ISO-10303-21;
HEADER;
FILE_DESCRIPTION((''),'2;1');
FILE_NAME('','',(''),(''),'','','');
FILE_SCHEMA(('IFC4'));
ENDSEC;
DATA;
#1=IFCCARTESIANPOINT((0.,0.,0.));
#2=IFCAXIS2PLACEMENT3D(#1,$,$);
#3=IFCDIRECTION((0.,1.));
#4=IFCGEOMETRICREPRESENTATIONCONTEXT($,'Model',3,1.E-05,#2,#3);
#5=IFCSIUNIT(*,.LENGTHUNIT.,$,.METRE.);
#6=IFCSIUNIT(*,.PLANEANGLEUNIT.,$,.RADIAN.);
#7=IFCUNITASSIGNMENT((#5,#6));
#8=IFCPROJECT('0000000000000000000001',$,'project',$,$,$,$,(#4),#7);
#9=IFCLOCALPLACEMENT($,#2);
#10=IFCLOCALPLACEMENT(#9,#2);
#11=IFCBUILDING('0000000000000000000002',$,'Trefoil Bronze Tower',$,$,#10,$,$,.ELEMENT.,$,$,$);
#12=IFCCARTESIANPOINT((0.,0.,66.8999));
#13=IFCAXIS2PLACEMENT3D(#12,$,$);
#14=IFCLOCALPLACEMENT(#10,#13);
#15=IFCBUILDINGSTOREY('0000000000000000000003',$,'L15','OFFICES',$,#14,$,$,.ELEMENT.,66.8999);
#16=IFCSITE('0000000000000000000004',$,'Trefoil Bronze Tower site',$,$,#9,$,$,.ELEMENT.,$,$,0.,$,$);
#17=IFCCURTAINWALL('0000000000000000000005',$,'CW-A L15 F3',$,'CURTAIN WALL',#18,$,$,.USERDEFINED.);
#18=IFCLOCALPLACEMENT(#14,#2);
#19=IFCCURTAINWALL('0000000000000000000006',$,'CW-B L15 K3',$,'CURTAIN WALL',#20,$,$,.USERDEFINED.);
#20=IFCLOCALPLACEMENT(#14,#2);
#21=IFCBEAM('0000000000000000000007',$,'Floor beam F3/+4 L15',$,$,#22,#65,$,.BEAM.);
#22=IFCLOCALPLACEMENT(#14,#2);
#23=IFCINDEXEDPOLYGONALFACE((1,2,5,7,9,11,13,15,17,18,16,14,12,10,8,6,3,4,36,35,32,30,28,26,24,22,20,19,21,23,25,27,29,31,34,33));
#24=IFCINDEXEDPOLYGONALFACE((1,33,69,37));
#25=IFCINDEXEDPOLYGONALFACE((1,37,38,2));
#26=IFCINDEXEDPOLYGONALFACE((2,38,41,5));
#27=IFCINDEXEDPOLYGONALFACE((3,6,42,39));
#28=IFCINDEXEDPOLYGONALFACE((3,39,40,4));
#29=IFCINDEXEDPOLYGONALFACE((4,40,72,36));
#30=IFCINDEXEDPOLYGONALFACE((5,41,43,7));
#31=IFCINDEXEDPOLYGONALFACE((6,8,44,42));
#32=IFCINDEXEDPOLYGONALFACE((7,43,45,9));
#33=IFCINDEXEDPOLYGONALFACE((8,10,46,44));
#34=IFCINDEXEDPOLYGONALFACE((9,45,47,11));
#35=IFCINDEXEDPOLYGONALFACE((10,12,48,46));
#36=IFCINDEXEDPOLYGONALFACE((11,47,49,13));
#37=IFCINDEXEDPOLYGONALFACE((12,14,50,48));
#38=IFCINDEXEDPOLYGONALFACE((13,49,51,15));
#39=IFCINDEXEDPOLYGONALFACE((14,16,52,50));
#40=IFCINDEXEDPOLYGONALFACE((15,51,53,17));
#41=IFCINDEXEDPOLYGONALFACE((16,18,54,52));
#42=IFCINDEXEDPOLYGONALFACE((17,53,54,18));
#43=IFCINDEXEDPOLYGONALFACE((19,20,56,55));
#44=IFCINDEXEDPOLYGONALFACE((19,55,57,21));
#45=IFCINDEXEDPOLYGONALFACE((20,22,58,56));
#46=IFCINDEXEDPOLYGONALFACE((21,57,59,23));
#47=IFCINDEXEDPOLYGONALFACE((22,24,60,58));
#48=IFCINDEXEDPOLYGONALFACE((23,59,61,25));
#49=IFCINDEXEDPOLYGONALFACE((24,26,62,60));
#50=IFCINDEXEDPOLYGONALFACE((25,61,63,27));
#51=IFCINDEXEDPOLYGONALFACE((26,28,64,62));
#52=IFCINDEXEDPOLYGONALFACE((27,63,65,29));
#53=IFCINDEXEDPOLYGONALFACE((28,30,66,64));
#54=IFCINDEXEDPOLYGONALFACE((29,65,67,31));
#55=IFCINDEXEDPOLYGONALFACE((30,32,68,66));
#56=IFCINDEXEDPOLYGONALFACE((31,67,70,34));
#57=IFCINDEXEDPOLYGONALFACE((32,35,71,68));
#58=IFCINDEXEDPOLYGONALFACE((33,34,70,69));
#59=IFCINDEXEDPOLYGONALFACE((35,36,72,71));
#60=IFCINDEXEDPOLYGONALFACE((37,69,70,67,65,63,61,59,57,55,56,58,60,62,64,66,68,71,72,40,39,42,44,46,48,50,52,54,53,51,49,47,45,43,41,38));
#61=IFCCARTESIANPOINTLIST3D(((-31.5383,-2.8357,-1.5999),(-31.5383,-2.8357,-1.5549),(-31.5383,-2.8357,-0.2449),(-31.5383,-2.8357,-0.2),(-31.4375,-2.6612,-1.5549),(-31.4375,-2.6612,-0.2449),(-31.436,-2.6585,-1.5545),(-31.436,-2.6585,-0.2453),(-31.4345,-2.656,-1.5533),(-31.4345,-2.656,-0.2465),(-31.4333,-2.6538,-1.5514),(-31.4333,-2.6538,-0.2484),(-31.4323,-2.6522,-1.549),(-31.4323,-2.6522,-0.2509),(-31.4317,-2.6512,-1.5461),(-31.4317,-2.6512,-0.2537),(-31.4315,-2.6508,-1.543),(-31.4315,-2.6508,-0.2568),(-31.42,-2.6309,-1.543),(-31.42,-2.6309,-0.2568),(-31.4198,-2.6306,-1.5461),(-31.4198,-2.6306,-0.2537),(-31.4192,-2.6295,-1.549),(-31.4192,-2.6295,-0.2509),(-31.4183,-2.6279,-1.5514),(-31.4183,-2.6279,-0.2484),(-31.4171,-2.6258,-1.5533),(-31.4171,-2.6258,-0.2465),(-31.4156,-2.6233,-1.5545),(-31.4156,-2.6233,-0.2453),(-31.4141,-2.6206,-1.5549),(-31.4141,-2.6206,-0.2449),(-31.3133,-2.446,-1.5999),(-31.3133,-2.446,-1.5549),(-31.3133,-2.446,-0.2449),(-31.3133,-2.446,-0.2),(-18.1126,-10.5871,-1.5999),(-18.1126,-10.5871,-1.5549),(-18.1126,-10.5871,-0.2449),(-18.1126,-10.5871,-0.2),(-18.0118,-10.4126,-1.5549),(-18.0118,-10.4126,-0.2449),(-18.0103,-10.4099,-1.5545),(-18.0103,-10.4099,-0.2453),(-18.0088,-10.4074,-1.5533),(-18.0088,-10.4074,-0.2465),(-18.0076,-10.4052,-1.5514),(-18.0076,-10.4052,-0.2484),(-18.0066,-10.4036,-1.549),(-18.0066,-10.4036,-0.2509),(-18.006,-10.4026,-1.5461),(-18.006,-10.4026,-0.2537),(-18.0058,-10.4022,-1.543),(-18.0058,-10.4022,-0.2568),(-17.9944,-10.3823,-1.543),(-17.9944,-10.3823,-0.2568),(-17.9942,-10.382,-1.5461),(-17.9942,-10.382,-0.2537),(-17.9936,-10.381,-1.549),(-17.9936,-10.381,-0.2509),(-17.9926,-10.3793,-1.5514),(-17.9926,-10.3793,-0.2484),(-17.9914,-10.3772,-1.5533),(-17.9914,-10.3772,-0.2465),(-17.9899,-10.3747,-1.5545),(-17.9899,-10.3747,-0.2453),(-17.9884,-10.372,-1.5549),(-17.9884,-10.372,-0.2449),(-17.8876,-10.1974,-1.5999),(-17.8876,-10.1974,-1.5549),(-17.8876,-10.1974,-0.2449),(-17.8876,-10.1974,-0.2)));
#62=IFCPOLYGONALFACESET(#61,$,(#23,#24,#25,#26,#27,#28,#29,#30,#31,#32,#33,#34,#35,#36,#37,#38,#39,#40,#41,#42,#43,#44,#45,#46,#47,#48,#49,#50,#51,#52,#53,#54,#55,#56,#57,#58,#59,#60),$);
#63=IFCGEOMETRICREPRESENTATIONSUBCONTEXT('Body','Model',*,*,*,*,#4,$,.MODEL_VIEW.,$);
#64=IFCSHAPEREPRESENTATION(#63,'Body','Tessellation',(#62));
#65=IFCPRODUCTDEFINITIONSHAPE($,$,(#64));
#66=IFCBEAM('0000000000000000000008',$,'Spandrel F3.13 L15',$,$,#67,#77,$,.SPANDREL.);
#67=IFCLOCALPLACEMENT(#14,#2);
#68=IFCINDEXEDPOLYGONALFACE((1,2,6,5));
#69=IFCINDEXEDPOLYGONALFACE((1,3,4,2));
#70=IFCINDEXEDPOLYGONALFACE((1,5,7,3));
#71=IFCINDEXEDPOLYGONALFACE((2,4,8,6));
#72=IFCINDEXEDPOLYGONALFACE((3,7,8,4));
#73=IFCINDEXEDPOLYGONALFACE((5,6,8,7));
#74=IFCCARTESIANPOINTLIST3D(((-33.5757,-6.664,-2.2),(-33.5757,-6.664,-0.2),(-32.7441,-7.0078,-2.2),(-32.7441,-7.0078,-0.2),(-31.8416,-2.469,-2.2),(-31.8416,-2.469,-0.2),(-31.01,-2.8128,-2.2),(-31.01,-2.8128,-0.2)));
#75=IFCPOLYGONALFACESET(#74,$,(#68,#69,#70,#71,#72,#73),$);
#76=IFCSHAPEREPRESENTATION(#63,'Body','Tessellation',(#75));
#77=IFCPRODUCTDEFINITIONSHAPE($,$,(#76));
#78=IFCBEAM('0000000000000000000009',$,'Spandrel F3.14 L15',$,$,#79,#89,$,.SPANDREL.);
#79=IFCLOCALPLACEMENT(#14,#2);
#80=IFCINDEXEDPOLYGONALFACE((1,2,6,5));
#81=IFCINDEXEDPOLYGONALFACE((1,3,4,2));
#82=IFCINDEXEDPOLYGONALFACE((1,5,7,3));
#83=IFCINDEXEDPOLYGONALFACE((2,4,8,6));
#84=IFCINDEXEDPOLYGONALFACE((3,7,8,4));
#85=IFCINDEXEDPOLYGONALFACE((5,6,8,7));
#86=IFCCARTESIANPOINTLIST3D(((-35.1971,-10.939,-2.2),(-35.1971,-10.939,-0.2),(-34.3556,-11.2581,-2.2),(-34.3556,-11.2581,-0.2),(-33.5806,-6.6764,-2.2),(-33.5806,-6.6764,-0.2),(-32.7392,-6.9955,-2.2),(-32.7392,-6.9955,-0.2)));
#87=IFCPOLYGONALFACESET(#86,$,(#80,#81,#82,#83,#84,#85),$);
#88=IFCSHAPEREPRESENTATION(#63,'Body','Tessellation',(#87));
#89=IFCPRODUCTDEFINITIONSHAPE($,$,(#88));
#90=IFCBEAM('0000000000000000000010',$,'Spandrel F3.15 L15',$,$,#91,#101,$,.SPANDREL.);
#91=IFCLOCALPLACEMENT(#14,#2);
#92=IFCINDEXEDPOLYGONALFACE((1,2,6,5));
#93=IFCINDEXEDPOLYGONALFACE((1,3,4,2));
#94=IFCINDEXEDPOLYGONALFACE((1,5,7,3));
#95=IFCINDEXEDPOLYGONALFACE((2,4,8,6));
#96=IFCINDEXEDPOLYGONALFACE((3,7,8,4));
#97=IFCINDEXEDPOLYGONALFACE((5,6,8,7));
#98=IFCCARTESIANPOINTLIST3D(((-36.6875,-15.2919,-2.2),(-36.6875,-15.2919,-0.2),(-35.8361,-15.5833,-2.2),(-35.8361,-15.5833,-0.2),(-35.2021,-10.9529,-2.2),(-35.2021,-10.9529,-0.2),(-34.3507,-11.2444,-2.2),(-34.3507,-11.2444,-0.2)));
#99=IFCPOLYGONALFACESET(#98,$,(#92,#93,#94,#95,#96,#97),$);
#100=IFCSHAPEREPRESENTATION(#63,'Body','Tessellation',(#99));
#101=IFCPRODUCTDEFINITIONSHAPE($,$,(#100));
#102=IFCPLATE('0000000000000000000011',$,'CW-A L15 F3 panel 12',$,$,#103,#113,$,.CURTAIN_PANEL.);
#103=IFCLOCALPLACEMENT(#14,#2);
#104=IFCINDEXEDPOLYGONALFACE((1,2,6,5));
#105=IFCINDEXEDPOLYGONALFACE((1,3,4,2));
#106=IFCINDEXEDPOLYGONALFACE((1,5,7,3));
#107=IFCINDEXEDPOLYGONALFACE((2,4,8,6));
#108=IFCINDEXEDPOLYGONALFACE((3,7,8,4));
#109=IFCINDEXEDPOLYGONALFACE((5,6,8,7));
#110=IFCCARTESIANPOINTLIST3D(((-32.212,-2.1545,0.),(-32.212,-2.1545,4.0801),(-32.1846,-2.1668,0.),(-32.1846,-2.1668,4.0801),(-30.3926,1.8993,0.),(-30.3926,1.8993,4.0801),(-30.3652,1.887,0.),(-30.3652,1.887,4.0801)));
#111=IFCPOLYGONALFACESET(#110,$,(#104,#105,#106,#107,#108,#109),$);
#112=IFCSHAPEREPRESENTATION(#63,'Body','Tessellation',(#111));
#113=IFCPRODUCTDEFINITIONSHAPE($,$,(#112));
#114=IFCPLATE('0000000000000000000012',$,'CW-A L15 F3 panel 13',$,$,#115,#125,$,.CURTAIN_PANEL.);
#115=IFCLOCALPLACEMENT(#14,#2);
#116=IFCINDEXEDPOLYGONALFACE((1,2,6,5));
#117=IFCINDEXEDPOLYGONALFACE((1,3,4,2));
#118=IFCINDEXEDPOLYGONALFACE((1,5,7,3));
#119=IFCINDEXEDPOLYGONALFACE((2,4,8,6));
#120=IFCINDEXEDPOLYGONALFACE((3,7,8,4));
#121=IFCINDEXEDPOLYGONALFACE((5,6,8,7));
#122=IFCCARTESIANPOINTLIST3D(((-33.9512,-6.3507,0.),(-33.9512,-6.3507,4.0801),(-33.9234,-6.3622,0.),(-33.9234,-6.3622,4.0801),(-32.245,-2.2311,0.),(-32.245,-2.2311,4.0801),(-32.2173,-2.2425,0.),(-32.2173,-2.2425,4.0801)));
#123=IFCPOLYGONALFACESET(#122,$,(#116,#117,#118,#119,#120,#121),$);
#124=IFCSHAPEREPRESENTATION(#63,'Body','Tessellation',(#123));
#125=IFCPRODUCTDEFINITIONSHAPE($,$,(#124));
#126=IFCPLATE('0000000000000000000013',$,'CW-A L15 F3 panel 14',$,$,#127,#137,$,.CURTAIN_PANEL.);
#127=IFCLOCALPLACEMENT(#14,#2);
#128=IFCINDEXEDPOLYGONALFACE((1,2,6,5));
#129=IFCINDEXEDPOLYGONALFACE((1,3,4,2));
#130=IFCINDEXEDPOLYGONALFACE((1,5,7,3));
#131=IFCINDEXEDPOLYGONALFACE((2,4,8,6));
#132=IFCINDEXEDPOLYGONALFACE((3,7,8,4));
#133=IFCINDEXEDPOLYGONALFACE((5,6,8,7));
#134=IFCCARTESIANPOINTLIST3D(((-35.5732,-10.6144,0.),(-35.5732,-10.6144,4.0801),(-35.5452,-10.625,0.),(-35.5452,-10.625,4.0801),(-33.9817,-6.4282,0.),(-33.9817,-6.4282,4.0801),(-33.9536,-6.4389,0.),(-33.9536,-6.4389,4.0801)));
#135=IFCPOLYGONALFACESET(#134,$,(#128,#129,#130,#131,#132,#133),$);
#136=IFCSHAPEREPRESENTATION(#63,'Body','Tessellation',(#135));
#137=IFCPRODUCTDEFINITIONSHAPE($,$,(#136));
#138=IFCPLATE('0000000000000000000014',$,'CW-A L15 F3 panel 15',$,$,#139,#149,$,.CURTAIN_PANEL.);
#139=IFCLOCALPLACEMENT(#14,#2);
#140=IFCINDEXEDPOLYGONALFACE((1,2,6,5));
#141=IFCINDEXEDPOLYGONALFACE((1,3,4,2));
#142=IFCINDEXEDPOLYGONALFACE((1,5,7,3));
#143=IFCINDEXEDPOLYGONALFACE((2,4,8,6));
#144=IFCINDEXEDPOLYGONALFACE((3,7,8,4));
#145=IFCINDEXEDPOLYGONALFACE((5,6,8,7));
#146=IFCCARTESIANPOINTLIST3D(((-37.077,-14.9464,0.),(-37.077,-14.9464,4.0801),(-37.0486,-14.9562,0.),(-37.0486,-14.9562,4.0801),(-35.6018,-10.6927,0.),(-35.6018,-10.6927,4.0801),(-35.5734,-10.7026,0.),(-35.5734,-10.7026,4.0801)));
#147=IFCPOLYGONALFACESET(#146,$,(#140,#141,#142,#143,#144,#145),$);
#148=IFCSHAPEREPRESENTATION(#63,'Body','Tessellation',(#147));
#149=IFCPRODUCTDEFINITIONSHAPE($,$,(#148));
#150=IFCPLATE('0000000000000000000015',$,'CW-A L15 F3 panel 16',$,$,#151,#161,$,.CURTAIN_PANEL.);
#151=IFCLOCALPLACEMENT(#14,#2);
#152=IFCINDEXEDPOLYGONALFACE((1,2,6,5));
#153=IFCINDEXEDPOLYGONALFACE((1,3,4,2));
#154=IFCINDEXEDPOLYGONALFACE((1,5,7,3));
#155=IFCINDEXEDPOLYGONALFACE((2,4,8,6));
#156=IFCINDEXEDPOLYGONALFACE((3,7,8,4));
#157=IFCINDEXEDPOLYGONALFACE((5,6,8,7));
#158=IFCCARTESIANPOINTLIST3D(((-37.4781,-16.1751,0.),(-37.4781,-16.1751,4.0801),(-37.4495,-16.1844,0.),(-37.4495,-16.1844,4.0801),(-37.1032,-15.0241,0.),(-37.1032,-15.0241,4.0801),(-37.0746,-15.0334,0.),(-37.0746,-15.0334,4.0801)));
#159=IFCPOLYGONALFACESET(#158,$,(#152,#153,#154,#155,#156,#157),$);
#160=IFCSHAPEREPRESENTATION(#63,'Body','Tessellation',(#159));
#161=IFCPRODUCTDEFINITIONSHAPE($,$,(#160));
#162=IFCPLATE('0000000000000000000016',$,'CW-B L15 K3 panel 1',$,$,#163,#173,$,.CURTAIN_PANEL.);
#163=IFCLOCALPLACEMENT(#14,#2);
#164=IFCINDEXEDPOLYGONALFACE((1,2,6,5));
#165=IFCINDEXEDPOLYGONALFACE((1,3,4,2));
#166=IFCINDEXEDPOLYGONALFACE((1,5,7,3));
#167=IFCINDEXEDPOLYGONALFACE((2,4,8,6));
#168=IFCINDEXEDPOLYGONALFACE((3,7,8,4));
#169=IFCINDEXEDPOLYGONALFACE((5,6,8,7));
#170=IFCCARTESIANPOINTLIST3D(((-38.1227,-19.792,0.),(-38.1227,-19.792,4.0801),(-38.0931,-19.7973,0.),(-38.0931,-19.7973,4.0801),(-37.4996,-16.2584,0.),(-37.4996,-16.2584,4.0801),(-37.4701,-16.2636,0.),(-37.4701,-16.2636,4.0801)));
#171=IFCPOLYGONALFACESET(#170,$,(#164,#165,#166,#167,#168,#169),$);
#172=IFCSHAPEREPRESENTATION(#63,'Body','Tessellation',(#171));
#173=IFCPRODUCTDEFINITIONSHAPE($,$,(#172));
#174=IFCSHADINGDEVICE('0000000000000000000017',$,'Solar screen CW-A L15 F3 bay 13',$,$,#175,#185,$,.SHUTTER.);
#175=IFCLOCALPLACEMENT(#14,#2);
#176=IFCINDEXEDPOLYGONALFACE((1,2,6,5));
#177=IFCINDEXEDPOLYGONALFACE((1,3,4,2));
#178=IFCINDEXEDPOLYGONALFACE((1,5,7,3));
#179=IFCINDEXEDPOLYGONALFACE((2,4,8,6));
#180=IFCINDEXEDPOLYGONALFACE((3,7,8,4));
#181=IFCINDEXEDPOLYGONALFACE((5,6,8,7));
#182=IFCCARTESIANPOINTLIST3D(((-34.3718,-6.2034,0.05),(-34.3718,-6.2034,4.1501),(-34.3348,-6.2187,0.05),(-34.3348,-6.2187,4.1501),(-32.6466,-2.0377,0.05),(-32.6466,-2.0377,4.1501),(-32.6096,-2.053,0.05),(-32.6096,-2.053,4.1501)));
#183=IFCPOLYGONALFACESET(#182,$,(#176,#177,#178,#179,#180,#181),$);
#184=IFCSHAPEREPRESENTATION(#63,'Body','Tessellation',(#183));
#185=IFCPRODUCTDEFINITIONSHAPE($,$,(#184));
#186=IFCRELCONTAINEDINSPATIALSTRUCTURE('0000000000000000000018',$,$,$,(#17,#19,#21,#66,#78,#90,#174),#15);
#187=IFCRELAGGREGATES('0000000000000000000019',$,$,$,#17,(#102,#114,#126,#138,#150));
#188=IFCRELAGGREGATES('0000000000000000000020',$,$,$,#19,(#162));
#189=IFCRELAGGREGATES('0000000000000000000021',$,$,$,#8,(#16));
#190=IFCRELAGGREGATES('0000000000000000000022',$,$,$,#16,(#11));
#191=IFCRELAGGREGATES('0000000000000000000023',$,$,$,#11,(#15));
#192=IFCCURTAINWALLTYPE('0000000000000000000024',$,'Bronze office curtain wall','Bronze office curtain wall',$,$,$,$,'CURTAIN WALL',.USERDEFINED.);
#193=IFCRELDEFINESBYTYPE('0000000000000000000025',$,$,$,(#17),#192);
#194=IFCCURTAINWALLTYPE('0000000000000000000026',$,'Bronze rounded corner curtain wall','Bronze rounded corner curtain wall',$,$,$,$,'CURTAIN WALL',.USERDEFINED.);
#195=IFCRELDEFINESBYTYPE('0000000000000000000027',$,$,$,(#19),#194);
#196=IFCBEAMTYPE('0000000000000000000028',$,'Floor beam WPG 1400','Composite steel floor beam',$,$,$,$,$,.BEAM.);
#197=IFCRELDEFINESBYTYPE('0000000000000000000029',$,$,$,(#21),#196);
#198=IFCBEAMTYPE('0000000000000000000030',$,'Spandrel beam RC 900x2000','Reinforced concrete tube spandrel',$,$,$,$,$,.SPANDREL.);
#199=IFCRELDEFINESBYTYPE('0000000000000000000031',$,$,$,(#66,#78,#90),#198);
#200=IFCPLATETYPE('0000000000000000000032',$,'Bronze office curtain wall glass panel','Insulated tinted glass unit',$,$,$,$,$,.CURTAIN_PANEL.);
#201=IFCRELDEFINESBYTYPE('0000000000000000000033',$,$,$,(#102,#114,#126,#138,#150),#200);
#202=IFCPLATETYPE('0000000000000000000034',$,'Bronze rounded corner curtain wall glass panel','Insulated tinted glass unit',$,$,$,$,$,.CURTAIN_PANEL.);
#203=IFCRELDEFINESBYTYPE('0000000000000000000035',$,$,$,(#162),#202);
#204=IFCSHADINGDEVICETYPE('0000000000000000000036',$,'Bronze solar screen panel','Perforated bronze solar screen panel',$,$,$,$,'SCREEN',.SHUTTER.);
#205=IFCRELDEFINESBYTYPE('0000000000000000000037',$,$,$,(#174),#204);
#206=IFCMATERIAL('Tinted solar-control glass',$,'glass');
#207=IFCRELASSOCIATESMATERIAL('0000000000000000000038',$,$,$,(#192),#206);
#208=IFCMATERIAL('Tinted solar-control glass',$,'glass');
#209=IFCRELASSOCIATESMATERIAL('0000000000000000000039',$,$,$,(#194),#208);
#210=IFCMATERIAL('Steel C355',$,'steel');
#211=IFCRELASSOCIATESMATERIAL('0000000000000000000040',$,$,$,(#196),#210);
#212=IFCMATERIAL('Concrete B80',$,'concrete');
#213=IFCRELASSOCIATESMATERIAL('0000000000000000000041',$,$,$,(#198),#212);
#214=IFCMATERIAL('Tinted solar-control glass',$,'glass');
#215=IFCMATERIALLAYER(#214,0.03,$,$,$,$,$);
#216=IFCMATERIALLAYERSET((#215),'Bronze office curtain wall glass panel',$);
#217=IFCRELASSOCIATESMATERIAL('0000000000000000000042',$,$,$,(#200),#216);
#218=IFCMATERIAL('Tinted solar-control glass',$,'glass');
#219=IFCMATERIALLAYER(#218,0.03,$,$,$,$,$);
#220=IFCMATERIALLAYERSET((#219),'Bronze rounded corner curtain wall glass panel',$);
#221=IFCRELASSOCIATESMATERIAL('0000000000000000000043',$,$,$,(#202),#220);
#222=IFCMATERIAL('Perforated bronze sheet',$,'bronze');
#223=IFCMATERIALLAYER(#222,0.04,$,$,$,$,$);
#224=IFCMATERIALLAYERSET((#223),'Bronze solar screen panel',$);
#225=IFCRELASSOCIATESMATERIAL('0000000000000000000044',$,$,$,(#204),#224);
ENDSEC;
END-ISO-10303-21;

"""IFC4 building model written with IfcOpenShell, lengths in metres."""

from ifc_helpers import new_model, si_unit, direction, frame, origin, origin_2d, place, context, subcontext, project, spatial, rectangle, i_section, extrude, material, layer, layer_set, material_profile, profile_set, type_object, element, aggregate, save


model = new_model("IFC4")

# Units and contexts
model_context = context("Model", 3, precision=1e-05, world=origin(), true_north=direction((0.0, 1.0)))
body_context = subcontext(model_context, "Body", "Model", "MODEL_VIEW")
ifc_project = project(units=[si_unit("LENGTHUNIT", "METRE"), si_unit("PLANEANGLEUNIT", "RADIAN")], contexts=[model_context])

# Site, building, storey
site_placement = place(None, origin())
site = spatial("IfcSite", under=ifc_project, at=site_placement, Name="Trefoil Bronze Tower site", CompositionType="ELEMENT", RefElevation=0.0)
building_placement = place(site_placement, origin())
building = spatial("IfcBuilding", under=site, at=building_placement, Name="Trefoil Bronze Tower", CompositionType="ELEMENT")
storey_placement = place(building_placement, frame((0.0, 0.0, 66.8999)))
storey = spatial("IfcBuildingStorey", under=building, at=storey_placement, Name="L15", Description="OFFICES", CompositionType="ELEMENT", Elevation=66.8999)

# Curtain walls
ifc_material_1 = material(Name="Tinted solar-control glass", Category="glass")
curtain_wall_type_1 = type_object("IfcCurtainWallType", Name="Bronze office curtain wall", Description="Bronze office curtain wall", ElementType="CURTAIN WALL", PredefinedType="USERDEFINED", material=ifc_material_1)
curtain_wall_1_placement = place(storey_placement, origin())
curtain_wall_1 = element("IfcCurtainWall", 1, at=curtain_wall_1_placement, inside=storey, type_object=curtain_wall_type_1, Name="CW-A L15 F3", ObjectType="CURTAIN WALL", PredefinedType="USERDEFINED")
ifc_material_2 = material(Name="Tinted solar-control glass", Category="glass")
curtain_wall_type_2 = type_object("IfcCurtainWallType", Name="Bronze rounded corner curtain wall", Description="Bronze rounded corner curtain wall", ElementType="CURTAIN WALL", PredefinedType="USERDEFINED", material=ifc_material_2)
curtain_wall_2_placement = place(storey_placement, origin())
curtain_wall_2 = element("IfcCurtainWall", 2, at=curtain_wall_2_placement, inside=storey, type_object=curtain_wall_type_2, Name="CW-B L15 K3", ObjectType="CURTAIN WALL", PredefinedType="USERDEFINED")

# Beams
ifc_material_3 = material(Name="Steel C355", Category="steel")
ifc_material_profile_1 = material_profile(ifc_material_3, i_section(OverallWidth=0.45, OverallDepth=1.3999, WebThickness=0.0229, FlangeThickness=0.0449, FilletRadius=0.012, at=origin_2d()), Name="WPG 1400")
ifc_profile_set_1 = profile_set([ifc_material_profile_1], Name="Steel C355")
beam_type_1 = type_object("IfcBeamType", Name="Floor beam WPG 1400", Description="Composite steel floor beam", PredefinedType="BEAM", material=ifc_profile_set_1)
beam_1_placement = place(storey_placement, frame((-31.4258, -2.6409, -0.8999), z_axis=(0.866023, -0.500004, 0.0), x_axis=(0.500004, 0.866023, 0.0)))
element("IfcBeam", 3, at=beam_1_placement, inside=storey, type_object=beam_type_1, Name="Floor beam F3/+4 L15", PredefinedType="BEAM", context=body_context, shape_type="SweptSolid", body=[
    extrude(i_section(OverallWidth=0.45, OverallDepth=1.3999, WebThickness=0.0229, FlangeThickness=0.0449, FilletRadius=0.012, at=origin_2d()), origin(), (0.0, 0.0, 1.0), 15.5027),
])
ifc_material_4 = material(Name="Concrete B80", Category="concrete")
ifc_material_profile_2 = material_profile(ifc_material_4, rectangle(XDim=0.8999, YDim=2.0, at=origin_2d()), Name="RC 900x2000")
ifc_profile_set_2 = profile_set([ifc_material_profile_2], Name="Concrete B80")
beam_type_2 = type_object("IfcBeamType", Name="Spandrel beam RC 900x2000", Description="Reinforced concrete tube spandrel", PredefinedType="SPANDREL", material=ifc_profile_set_2)
beam_2_placement = place(storey_placement, frame((-31.4258, -2.6409, -1.2), z_axis=(-0.382021, -0.924154, 0.0), x_axis=(0.924154, -0.382021, 0.0)))
element("IfcBeam", 4, at=beam_2_placement, inside=storey, type_object=beam_type_2, Name="Spandrel F3.13 L15", PredefinedType="SPANDREL", context=body_context, shape_type="SweptSolid", body=[
    extrude(rectangle(XDim=0.8999, YDim=2.0, at=origin_2d()), origin(), (0.0, 0.0, 1.0), 4.5393),
])
beam_3_placement = place(storey_placement, frame((-33.1599, -6.8359, -1.2), z_axis=(-0.354572, -0.935029, 0.0), x_axis=(0.935029, -0.354572, 0.0)))
element("IfcBeam", 5, at=beam_3_placement, inside=storey, type_object=beam_type_2, Name="Spandrel F3.14 L15", PredefinedType="SPANDREL", context=body_context, shape_type="SweptSolid", body=[
    extrude(rectangle(XDim=0.8999, YDim=2.0, at=origin_2d()), origin(), (0.0, 0.0, 1.0), 4.5588),
])
beam_4_placement = place(storey_placement, frame((-34.7764, -11.0986, -1.2), z_axis=(-0.323883, -0.946097, 0.0), x_axis=(0.946097, -0.323883, 0.0)))
element("IfcBeam", 6, at=beam_4_placement, inside=storey, type_object=beam_type_2, Name="Spandrel F3.15 L15", PredefinedType="SPANDREL", context=body_context, shape_type="SweptSolid", body=[
    extrude(rectangle(XDim=0.8999, YDim=2.0, at=origin_2d()), origin(), (0.0, 0.0, 1.0), 4.5862),
])

# Plates
ifc_material_5 = material(Name="Tinted solar-control glass", Category="glass")
ifc_layer_1 = layer(ifc_material_5, 0.03)
ifc_layer_set_1 = layer_set([ifc_layer_1], Name="Bronze office curtain wall glass panel")
plate_type_1 = type_object("IfcPlateType", Name="Bronze office curtain wall glass panel", Description="Insulated tinted glass unit", PredefinedType="CURTAIN_PANEL", material=ifc_layer_set_1)
plate_1_placement = place(storey_placement, frame((-31.2886, -0.1338, 0.0), z_axis=(0.0, 0.0, 1.0), x_axis=(-0.409456, -0.91233, 0.0)))
plate_1 = element("IfcPlate", 7, at=plate_1_placement, type_object=plate_type_1, Name="CW-A L15 F3 panel 12", PredefinedType="CURTAIN_PANEL", context=body_context, shape_type="SweptSolid", body=[
    extrude(rectangle(XDim=4.4434, YDim=0.03, at=origin_2d()), origin(), (0.0, 0.0, 1.0), 4.0801),
])
plate_2_placement = place(storey_placement, frame((-33.0842, -4.2966, 0.0), z_axis=(0.0, 0.0, 1.0), x_axis=(-0.38263, -0.923902, 0.0)))
plate_2 = element("IfcPlate", 8, at=plate_2_placement, type_object=plate_type_1, Name="CW-A L15 F3 panel 13", PredefinedType="CURTAIN_PANEL", context=body_context, shape_type="SweptSolid", body=[
    extrude(rectangle(XDim=4.459, YDim=0.03, at=origin_2d()), origin(), (0.0, 0.0, 1.0), 4.0801),
])
plate_3_placement = place(storey_placement, frame((-34.7634, -8.5266, 0.0), z_axis=(0.0, 0.0, 1.0), x_axis=(-0.355371, -0.934725, 0.0)))
plate_3 = element("IfcPlate", 9, at=plate_3_placement, type_object=plate_type_1, Name="CW-A L15 F3 panel 14", PredefinedType="CURTAIN_PANEL", context=body_context, shape_type="SweptSolid", body=[
    extrude(rectangle(XDim=4.4785, YDim=0.03, at=origin_2d()), origin(), (0.0, 0.0, 1.0), 4.0801),
])
plate_4_placement = place(storey_placement, frame((-36.3252, -12.8245, 0.0), z_axis=(0.0, 0.0, 1.0), x_axis=(-0.327674, -0.944791, 0.0)))
plate_4 = element("IfcPlate", 10, at=plate_4_placement, type_object=plate_type_1, Name="CW-A L15 F3 panel 15", PredefinedType="CURTAIN_PANEL", context=body_context, shape_type="SweptSolid", body=[
    extrude(rectangle(XDim=4.5022, YDim=0.03, at=origin_2d()), origin(), (0.0, 0.0, 1.0), 4.0801),
])
plate_5_placement = place(storey_placement, frame((-37.2764, -15.6042, 0.0), z_axis=(0.0, 0.0, 1.0), x_axis=(-0.309728, -0.950825, 0.0)))
plate_5 = element("IfcPlate", 11, at=plate_5_placement, type_object=plate_type_1, Name="CW-A L15 F3 panel 16", PredefinedType="CURTAIN_PANEL", context=body_context, shape_type="SweptSolid", body=[
    extrude(rectangle(XDim=1.2104, YDim=0.03, at=origin_2d()), origin(), (0.0, 0.0, 1.0), 4.0801),
])
aggregate(curtain_wall_1, [plate_1, plate_2, plate_3, plate_4, plate_5])
ifc_material_6 = material(Name="Tinted solar-control glass", Category="glass")
ifc_layer_2 = layer(ifc_material_6, 0.03)
ifc_layer_set_2 = layer_set([ifc_layer_2], Name="Bronze rounded corner curtain wall glass panel")
plate_type_2 = type_object("IfcPlateType", Name="Bronze rounded corner curtain wall glass panel", Description="Insulated tinted glass unit", PredefinedType="CURTAIN_PANEL", material=ifc_layer_set_2)
plate_6_placement = place(storey_placement, frame((-37.7964, -18.0278, 0.0), z_axis=(0.0, 0.0, 1.0), x_axis=(-0.173648, -0.984808, 0.0)))
plate_6 = element("IfcPlate", 12, at=plate_6_placement, type_object=plate_type_2, Name="CW-B L15 K3 panel 1", PredefinedType="CURTAIN_PANEL", context=body_context, shape_type="SweptSolid", body=[
    extrude(rectangle(XDim=3.5881, YDim=0.03, at=origin_2d()), origin(), (0.0, 0.0, 1.0), 4.0801),
])
aggregate(curtain_wall_2, [plate_6])

# Shading device
ifc_material_7 = material(Name="Perforated bronze sheet", Category="bronze")
ifc_layer_3 = layer(ifc_material_7, 0.04)
ifc_layer_set_3 = layer_set([ifc_layer_3], Name="Bronze solar screen panel")
shading_device_type = type_object("IfcShadingDeviceType", Name="Bronze solar screen panel", Description="Perforated bronze solar screen panel", ElementType="SCREEN", PredefinedType="SHUTTER", material=ifc_layer_set_3)
shading_device_1_placement = place(storey_placement, frame((-33.4907, -4.1282, 0.05), z_axis=(0.0, 0.0, 1.0), x_axis=(-0.38263, -0.923902, 0.0)))
element("IfcShadingDevice", 13, at=shading_device_1_placement, inside=storey, type_object=shading_device_type, Name="Solar screen CW-A L15 F3 bay 13", PredefinedType="SHUTTER", context=body_context, shape_type="SweptSolid", body=[
    extrude(rectangle(XDim=4.5088, YDim=0.04, at=origin_2d()), origin(), (0.0, 0.0, 1.0), 4.1001),
])

save(model, "model.ifc")
